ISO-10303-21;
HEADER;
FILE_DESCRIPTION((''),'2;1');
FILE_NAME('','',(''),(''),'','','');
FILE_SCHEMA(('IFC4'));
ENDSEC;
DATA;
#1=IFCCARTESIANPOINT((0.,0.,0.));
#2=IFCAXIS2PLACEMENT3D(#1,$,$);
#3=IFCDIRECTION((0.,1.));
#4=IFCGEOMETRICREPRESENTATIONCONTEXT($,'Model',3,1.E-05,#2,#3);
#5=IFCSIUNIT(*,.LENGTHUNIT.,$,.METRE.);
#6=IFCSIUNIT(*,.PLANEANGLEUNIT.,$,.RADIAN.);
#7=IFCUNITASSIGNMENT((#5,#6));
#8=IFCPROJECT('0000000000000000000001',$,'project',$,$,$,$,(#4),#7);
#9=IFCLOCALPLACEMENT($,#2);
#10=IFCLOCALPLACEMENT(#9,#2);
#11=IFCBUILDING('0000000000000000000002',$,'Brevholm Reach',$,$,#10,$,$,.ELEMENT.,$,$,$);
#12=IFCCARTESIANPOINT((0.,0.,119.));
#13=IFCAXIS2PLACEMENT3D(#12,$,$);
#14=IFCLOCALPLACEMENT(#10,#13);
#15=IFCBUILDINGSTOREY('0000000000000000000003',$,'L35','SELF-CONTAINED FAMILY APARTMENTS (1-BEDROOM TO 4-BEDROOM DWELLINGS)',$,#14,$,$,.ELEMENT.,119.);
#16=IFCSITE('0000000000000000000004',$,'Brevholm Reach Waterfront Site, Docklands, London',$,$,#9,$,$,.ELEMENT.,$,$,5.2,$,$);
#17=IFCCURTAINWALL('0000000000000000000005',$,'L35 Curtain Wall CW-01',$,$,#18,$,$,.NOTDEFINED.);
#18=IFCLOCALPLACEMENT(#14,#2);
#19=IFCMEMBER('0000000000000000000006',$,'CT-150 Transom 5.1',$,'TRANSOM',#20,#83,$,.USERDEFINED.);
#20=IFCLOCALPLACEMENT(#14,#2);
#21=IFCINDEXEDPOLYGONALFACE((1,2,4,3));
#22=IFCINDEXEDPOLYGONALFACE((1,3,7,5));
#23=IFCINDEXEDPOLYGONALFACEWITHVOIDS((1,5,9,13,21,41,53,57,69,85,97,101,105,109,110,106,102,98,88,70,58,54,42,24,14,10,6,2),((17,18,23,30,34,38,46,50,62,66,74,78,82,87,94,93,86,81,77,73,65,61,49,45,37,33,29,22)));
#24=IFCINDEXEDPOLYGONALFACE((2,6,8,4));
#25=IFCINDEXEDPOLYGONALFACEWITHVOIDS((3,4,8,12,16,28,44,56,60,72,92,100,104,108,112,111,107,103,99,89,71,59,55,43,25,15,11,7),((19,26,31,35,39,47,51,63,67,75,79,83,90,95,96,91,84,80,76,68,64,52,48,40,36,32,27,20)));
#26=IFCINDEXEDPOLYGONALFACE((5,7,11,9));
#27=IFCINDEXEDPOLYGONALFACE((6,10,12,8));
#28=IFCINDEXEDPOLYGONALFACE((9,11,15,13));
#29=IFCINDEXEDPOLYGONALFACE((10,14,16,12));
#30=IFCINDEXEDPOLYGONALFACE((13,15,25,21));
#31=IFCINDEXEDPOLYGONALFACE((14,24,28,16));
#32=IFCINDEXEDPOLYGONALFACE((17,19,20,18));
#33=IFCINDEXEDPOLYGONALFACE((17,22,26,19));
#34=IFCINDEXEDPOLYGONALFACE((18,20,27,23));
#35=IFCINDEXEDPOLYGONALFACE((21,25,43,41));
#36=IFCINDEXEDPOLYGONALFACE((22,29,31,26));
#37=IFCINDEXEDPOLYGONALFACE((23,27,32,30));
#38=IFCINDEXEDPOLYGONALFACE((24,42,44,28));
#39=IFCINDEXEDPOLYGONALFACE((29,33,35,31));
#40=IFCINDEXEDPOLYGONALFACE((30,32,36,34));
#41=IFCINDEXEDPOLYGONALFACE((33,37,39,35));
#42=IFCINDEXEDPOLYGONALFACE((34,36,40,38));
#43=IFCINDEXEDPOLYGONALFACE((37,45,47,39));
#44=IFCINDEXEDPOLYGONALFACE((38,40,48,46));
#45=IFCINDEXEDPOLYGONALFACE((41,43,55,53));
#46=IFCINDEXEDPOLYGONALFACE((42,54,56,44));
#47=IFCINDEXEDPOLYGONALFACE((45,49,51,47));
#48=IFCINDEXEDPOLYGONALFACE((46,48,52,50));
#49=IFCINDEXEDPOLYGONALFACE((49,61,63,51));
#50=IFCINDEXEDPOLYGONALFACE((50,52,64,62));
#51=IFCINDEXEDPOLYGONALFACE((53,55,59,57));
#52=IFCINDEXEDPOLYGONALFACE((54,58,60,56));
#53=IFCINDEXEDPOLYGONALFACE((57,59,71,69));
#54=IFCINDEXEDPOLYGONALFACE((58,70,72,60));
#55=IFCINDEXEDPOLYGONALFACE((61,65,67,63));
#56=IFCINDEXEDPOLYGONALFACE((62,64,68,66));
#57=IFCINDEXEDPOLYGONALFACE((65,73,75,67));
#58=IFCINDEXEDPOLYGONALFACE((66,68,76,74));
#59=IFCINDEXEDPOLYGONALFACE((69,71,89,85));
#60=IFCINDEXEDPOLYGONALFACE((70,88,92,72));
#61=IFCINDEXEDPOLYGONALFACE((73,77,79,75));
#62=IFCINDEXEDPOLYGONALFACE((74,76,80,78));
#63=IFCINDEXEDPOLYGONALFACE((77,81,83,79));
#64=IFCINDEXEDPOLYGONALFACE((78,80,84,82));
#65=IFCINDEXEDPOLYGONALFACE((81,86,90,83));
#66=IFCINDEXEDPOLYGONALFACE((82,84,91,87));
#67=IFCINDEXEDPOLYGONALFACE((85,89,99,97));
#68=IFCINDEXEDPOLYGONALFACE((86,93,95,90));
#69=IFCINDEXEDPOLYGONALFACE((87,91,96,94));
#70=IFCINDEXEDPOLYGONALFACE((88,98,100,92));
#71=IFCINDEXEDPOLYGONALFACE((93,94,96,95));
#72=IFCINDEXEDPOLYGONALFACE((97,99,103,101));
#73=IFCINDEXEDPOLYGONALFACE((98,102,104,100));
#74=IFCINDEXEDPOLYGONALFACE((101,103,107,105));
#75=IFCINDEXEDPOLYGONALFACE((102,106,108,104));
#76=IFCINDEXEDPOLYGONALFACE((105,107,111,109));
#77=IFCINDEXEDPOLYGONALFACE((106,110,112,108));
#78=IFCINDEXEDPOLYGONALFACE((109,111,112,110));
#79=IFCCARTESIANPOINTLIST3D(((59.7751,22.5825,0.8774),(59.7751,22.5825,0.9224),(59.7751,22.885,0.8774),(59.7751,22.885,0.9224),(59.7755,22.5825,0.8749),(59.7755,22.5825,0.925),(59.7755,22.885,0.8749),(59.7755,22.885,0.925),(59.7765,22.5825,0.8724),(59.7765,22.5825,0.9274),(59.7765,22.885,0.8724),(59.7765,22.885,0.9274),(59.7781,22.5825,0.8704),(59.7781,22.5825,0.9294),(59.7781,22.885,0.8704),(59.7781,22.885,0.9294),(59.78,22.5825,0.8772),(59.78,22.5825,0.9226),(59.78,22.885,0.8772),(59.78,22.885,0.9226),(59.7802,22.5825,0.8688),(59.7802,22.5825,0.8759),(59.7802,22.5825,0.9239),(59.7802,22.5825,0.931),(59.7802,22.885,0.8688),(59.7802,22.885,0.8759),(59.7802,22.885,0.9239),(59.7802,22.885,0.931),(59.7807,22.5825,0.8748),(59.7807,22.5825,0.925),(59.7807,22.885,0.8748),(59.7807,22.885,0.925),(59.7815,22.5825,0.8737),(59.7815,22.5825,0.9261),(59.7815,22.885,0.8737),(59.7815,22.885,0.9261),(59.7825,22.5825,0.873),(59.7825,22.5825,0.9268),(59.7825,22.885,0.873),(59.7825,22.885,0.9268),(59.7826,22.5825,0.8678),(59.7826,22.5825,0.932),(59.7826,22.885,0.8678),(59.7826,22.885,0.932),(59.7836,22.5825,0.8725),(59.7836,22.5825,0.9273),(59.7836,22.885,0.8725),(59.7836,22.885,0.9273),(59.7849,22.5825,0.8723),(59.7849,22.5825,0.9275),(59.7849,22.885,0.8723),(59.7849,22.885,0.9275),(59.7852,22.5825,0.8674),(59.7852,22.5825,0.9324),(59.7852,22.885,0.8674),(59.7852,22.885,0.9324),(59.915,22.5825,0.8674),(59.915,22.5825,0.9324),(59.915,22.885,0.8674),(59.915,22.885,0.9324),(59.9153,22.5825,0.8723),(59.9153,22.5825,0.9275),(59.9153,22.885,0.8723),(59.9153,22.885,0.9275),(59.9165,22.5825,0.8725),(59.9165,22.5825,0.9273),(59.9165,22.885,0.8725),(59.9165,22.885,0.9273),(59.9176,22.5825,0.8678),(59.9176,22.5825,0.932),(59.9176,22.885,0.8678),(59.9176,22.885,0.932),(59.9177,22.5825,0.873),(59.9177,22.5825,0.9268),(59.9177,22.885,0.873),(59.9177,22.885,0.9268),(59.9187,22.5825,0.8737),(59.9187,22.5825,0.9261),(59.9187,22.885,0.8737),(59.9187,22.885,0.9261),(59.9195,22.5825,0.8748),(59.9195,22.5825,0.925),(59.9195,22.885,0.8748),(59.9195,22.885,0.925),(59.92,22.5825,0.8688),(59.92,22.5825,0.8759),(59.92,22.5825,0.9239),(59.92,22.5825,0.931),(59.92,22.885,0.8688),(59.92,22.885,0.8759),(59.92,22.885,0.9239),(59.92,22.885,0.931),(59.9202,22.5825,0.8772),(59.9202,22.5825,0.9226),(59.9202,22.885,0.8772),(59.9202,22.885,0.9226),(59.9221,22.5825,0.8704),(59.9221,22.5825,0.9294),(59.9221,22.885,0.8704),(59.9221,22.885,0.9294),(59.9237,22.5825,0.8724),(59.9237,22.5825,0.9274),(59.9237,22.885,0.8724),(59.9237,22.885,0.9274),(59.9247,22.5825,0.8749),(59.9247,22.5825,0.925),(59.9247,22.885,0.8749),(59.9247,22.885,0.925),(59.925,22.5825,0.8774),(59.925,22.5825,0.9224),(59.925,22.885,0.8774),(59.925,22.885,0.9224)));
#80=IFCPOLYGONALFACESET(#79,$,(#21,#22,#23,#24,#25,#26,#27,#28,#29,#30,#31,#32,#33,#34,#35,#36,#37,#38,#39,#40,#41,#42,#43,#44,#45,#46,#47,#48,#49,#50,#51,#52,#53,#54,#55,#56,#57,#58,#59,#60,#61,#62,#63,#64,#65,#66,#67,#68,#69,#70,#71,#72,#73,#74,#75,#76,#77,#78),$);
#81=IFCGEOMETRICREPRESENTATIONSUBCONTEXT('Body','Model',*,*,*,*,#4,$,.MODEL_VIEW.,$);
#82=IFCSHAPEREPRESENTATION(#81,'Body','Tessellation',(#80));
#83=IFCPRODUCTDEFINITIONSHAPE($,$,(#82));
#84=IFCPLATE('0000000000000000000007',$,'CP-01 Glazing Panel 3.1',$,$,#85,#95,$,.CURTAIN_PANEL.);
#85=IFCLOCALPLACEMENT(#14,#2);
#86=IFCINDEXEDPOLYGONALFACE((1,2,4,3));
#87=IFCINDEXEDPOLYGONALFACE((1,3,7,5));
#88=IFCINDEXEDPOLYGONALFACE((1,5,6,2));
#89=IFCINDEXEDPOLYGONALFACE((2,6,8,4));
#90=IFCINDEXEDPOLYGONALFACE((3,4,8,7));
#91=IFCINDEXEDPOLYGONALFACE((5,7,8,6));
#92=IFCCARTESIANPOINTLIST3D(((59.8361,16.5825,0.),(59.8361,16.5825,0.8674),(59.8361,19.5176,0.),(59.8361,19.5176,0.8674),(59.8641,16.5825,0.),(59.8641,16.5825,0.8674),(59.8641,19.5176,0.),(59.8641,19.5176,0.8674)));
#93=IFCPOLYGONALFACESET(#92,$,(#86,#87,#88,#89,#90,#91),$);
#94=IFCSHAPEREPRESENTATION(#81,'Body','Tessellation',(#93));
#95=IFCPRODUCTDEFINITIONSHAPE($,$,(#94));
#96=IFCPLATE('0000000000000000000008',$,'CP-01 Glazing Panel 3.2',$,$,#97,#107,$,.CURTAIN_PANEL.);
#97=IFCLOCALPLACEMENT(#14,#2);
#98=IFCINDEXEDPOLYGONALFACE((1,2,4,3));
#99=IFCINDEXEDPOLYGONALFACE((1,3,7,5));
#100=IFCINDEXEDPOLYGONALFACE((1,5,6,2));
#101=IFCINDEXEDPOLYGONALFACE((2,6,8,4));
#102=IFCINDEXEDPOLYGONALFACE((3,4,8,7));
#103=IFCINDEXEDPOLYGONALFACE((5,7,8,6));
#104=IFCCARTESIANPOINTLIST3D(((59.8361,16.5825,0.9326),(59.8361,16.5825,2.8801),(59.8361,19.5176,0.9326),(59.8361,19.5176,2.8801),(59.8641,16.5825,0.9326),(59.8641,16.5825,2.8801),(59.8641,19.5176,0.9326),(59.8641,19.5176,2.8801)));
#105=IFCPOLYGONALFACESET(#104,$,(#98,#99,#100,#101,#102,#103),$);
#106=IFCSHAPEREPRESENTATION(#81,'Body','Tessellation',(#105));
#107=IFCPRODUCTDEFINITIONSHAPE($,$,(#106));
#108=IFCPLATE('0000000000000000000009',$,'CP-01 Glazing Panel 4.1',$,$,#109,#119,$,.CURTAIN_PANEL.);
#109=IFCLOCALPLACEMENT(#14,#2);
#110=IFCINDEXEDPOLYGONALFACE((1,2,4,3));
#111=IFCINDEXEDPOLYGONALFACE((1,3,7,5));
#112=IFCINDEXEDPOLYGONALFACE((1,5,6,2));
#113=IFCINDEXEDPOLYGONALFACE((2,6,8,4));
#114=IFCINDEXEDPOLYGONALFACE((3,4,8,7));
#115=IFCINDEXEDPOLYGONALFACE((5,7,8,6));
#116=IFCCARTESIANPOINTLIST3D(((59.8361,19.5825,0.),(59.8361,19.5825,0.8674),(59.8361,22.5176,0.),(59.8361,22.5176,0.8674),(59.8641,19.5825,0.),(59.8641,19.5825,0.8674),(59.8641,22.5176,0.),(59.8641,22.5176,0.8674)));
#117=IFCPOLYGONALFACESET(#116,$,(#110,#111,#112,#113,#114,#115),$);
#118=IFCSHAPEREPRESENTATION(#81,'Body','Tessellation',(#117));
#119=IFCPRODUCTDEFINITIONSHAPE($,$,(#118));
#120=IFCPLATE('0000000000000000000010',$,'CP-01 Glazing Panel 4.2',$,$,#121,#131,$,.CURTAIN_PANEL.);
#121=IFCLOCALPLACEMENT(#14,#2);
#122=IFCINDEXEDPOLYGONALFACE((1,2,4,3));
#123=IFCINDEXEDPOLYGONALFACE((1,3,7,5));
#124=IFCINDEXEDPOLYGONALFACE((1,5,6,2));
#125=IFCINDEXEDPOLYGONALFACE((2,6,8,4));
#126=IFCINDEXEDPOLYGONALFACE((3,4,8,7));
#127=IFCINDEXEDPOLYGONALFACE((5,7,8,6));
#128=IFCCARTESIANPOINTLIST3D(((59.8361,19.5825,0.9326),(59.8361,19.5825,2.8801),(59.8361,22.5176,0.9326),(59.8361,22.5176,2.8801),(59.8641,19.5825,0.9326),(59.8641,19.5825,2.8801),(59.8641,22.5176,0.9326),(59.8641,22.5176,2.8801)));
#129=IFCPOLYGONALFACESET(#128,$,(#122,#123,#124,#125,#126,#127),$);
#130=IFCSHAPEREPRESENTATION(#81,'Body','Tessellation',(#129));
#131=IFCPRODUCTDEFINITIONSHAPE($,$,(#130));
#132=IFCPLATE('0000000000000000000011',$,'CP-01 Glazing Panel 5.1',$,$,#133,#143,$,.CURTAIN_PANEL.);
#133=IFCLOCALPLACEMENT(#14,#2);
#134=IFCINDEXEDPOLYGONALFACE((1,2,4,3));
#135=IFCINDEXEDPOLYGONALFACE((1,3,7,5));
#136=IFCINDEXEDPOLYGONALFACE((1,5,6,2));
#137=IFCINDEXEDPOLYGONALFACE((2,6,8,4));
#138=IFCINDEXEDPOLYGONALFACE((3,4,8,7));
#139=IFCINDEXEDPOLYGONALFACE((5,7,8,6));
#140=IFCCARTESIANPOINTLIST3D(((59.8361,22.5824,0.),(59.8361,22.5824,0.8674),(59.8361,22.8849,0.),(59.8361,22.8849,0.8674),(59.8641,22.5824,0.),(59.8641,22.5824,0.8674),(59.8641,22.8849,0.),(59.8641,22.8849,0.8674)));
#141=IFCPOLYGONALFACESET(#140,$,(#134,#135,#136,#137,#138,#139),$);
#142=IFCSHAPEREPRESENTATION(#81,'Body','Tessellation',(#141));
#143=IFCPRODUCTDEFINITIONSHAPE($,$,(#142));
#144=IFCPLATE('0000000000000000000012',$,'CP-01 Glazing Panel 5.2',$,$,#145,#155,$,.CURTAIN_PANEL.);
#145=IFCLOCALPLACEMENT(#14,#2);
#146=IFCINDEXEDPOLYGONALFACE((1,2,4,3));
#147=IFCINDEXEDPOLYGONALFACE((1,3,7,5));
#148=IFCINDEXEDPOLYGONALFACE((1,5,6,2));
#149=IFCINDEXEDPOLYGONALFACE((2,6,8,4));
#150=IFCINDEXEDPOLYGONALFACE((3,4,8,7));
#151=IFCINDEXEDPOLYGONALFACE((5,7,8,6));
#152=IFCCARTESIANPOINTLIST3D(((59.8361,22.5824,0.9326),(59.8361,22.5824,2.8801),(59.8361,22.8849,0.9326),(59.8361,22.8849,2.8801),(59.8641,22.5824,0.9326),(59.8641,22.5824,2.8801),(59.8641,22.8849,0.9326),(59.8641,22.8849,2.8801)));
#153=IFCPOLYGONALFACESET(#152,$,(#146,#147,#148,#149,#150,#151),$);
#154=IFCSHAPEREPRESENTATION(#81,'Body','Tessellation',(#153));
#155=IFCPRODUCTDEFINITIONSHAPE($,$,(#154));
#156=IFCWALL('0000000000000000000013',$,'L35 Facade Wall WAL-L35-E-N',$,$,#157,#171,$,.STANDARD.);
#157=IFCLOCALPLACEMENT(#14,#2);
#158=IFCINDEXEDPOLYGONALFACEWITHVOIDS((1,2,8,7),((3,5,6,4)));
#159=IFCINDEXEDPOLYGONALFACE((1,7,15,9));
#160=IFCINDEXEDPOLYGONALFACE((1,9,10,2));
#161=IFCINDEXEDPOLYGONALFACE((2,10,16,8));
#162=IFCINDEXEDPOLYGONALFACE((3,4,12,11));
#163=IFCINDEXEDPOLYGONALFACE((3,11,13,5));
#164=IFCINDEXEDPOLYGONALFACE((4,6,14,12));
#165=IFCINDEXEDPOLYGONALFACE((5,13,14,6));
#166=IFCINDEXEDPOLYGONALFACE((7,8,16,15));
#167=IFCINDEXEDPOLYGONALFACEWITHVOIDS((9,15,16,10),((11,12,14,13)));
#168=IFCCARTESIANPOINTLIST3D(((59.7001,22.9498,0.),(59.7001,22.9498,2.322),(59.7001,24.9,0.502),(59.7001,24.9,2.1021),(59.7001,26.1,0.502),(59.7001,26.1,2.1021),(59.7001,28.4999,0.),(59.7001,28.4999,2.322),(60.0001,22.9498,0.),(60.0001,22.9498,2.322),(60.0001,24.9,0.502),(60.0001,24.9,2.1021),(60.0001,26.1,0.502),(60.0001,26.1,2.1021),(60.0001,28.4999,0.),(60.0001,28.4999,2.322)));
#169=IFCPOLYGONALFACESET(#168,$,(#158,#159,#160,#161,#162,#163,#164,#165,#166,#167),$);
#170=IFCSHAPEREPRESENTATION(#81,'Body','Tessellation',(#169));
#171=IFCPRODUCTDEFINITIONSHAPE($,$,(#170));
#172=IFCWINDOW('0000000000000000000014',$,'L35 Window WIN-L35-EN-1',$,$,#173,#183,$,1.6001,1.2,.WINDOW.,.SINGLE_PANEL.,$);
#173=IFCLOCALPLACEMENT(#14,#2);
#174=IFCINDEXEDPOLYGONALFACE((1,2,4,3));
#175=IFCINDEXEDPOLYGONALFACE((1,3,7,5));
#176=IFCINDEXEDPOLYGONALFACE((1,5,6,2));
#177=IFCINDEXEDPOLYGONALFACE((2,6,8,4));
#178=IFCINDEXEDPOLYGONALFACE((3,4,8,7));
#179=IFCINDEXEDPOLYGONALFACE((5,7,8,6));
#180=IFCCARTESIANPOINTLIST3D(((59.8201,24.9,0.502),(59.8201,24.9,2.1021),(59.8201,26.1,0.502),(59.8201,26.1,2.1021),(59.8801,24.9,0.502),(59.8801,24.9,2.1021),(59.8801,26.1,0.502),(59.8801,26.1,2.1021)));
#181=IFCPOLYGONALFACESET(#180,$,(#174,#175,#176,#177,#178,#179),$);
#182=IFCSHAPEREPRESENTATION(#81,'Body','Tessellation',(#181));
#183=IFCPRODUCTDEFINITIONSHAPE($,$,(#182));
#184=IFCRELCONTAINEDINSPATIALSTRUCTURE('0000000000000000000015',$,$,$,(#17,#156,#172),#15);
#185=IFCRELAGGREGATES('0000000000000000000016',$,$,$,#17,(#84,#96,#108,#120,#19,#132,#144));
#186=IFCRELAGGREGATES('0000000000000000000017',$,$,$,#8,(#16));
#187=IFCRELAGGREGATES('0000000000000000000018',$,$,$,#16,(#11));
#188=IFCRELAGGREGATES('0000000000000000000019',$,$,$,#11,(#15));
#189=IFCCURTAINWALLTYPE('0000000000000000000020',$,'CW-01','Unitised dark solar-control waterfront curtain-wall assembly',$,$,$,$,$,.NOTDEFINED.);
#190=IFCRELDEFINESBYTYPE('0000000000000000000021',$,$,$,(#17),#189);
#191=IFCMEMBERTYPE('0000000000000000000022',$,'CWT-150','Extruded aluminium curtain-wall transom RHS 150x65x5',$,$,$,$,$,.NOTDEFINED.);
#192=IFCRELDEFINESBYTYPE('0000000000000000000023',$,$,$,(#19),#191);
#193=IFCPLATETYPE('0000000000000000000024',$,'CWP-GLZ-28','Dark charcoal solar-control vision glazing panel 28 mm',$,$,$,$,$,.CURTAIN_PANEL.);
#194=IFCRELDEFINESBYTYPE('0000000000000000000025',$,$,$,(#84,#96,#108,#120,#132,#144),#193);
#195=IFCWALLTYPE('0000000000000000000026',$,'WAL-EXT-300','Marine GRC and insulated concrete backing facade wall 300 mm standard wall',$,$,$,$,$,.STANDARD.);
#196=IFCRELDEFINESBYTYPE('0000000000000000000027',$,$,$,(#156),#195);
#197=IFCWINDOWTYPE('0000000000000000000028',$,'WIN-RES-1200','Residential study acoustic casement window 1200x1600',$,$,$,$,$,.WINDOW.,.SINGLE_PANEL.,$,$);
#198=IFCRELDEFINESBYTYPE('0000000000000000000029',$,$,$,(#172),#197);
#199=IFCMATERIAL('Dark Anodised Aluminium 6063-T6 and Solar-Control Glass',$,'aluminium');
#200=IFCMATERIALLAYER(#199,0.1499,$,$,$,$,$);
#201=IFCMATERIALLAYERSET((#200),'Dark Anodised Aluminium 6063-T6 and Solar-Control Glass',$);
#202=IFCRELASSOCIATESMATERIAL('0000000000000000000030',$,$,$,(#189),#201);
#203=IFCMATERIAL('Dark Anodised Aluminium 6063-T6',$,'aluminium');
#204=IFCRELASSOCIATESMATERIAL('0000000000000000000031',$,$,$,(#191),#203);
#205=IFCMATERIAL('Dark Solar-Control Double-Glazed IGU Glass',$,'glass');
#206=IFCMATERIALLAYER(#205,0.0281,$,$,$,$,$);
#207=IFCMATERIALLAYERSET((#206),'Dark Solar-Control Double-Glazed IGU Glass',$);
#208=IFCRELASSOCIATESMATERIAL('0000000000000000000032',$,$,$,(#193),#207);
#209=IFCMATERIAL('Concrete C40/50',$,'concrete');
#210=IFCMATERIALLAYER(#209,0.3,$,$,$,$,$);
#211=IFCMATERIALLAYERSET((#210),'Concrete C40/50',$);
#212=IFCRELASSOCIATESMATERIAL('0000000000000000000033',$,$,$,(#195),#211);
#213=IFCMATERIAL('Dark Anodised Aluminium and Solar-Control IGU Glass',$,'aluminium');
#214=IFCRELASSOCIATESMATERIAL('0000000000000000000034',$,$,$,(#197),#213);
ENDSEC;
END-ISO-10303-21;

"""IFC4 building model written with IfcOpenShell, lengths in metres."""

from ifc_helpers import new_model, si_unit, direction, frame, frame_2d, origin, origin_2d, place, context, subcontext, project, spatial, rectangle, hollow_rectangle, extrude, material, layer, layer_set, material_profile, profile_set, type_object, element, fill, aggregate, save


model = new_model("IFC4")

# Units and contexts
model_context = context("Model", 3, precision=1e-05, world=origin(), true_north=direction((0.0, 1.0)))
body_context = subcontext(model_context, "Body", "Model", "MODEL_VIEW")
ifc_project = project(units=[si_unit("LENGTHUNIT", "METRE"), si_unit("PLANEANGLEUNIT", "RADIAN")], contexts=[model_context])

# Site, building, storey
site_placement = place(None, origin())
site = spatial("IfcSite", under=ifc_project, at=site_placement, Name="Brevholm Reach Waterfront Site, Docklands, London", CompositionType="ELEMENT", RefElevation=5.2)
building_placement = place(site_placement, origin())
building = spatial("IfcBuilding", under=site, at=building_placement, Name="Brevholm Reach", CompositionType="ELEMENT")
storey_placement = place(building_placement, frame((0.0, 0.0, 119.0)))
storey = spatial("IfcBuildingStorey", under=building, at=storey_placement, Name="L35", Description="SELF-CONTAINED FAMILY APARTMENTS (1-BEDROOM TO 4-BEDROOM DWELLINGS)", CompositionType="ELEMENT", Elevation=119.0)

# Curtain wall, member, plates
ifc_material_1 = material(Name="Dark Anodised Aluminium 6063-T6 and Solar-Control Glass", Category="aluminium")
ifc_layer_1 = layer(ifc_material_1, 0.1499)
ifc_layer_set_1 = layer_set([ifc_layer_1], Name="Dark Anodised Aluminium 6063-T6 and Solar-Control Glass")
curtain_wall_type = type_object("IfcCurtainWallType", Name="CW-01", Description="Unitised dark solar-control waterfront curtain-wall assembly", PredefinedType="NOTDEFINED", material=ifc_layer_set_1)
curtain_wall_placement = place(storey_placement, origin())
curtain_wall = element("IfcCurtainWall", 1, at=curtain_wall_placement, inside=storey, type_object=curtain_wall_type, Name="L35 Curtain Wall CW-01", PredefinedType="NOTDEFINED")
ifc_material_2 = material(Name="Dark Anodised Aluminium 6063-T6", Category="aluminium")
ifc_material_profile_1 = material_profile(ifc_material_2, hollow_rectangle(XDim=0.0649, YDim=0.1499, WallThickness=0.0049, InnerFilletRadius=0.0049, OuterFilletRadius=0.01, at=origin_2d()), Name="RHS 150x65x5")
ifc_profile_set_1 = profile_set([ifc_material_profile_1], Name="Dark Anodised Aluminium 6063-T6")
member_type_1 = type_object("IfcMemberType", Name="CWT-150", Description="Extruded aluminium curtain-wall transom RHS 150x65x5", PredefinedType="NOTDEFINED", material=ifc_profile_set_1)
member_1_placement = place(storey_placement, frame((59.8501, 22.5825, 0.8999), z_axis=(0.0, 1.0, 0.0), x_axis=(0.0, 0.0, 1.0)))
member_1 = element("IfcMember", 2, at=member_1_placement, type_object=member_type_1, Name="CT-150 Transom 5.1", ObjectType="TRANSOM", PredefinedType="USERDEFINED", context=body_context, shape_type="SweptSolid", body=[
    extrude(hollow_rectangle(XDim=0.0649, YDim=0.1499, WallThickness=0.0049, InnerFilletRadius=0.0049, OuterFilletRadius=0.01, at=origin_2d()), origin(), (0.0, 0.0, 1.0), 0.3025),
])
ifc_material_3 = material(Name="Dark Solar-Control Double-Glazed IGU Glass", Category="glass")
ifc_layer_2 = layer(ifc_material_3, 0.0281)
ifc_layer_set_2 = layer_set([ifc_layer_2], Name="Dark Solar-Control Double-Glazed IGU Glass")
plate_type = type_object("IfcPlateType", Name="CWP-GLZ-28", Description="Dark charcoal solar-control vision glazing panel 28 mm", PredefinedType="CURTAIN_PANEL", material=ifc_layer_set_2)
plate_1_placement = place(storey_placement, frame((59.8501, 18.05, 0.0), z_axis=(0.0, 0.0, 1.0), x_axis=(0.0, 1.0, 0.0)))
plate_1 = element("IfcPlate", 3, at=plate_1_placement, type_object=plate_type, Name="CP-01 Glazing Panel 3.1", PredefinedType="CURTAIN_PANEL", context=body_context, shape_type="SweptSolid", body=[
    extrude(rectangle(XDim=2.9351, YDim=0.0281, at=origin_2d()), origin(), (0.0, 0.0, 1.0), 0.8674),
])
plate_2_placement = place(storey_placement, frame((59.8501, 18.05, 0.9326), z_axis=(0.0, 0.0, 1.0), x_axis=(0.0, 1.0, 0.0)))
plate_2 = element("IfcPlate", 4, at=plate_2_placement, type_object=plate_type, Name="CP-01 Glazing Panel 3.2", PredefinedType="CURTAIN_PANEL", context=body_context, shape_type="SweptSolid", body=[
    extrude(rectangle(XDim=2.9351, YDim=0.0281, at=origin_2d()), origin(), (0.0, 0.0, 1.0), 1.9475),
])
plate_3_placement = place(storey_placement, frame((59.8501, 21.05, 0.0), z_axis=(0.0, 0.0, 1.0), x_axis=(0.0, 1.0, 0.0)))
plate_3 = element("IfcPlate", 5, at=plate_3_placement, type_object=plate_type, Name="CP-01 Glazing Panel 4.1", PredefinedType="CURTAIN_PANEL", context=body_context, shape_type="SweptSolid", body=[
    extrude(rectangle(XDim=2.9351, YDim=0.0281, at=origin_2d()), origin(), (0.0, 0.0, 1.0), 0.8674),
])
plate_4_placement = place(storey_placement, frame((59.8501, 21.05, 0.9326), z_axis=(0.0, 0.0, 1.0), x_axis=(0.0, 1.0, 0.0)))
plate_4 = element("IfcPlate", 6, at=plate_4_placement, type_object=plate_type, Name="CP-01 Glazing Panel 4.2", PredefinedType="CURTAIN_PANEL", context=body_context, shape_type="SweptSolid", body=[
    extrude(rectangle(XDim=2.9351, YDim=0.0281, at=origin_2d()), origin(), (0.0, 0.0, 1.0), 1.9475),
])
plate_5_placement = place(storey_placement, frame((59.8501, 22.7336, 0.0), z_axis=(0.0, 0.0, 1.0), x_axis=(0.0, 1.0, 0.0)))
plate_5 = element("IfcPlate", 7, at=plate_5_placement, type_object=plate_type, Name="CP-01 Glazing Panel 5.1", PredefinedType="CURTAIN_PANEL", context=body_context, shape_type="SweptSolid", body=[
    extrude(rectangle(XDim=0.3025, YDim=0.0281, at=origin_2d()), origin(), (0.0, 0.0, 1.0), 0.8674),
])
plate_6_placement = place(storey_placement, frame((59.8501, 22.7336, 0.9326), z_axis=(0.0, 0.0, 1.0), x_axis=(0.0, 1.0, 0.0)))
plate_6 = element("IfcPlate", 8, at=plate_6_placement, type_object=plate_type, Name="CP-01 Glazing Panel 5.2", PredefinedType="CURTAIN_PANEL", context=body_context, shape_type="SweptSolid", body=[
    extrude(rectangle(XDim=0.3025, YDim=0.0281, at=origin_2d()), origin(), (0.0, 0.0, 1.0), 1.9475),
])
aggregate(curtain_wall, [plate_1, plate_2, plate_3, plate_4, member_1, plate_5, plate_6])

# Wall, opening, window
ifc_material_4 = material(Name="Concrete C40/50", Category="concrete")
ifc_layer_3 = layer(ifc_material_4, 0.3)
ifc_layer_set_3 = layer_set([ifc_layer_3], Name="Concrete C40/50")
wall_type_1 = type_object("IfcWallType", Name="WAL-EXT-300", Description="Marine GRC and insulated concrete backing facade wall 300 mm standard wall", PredefinedType="STANDARD", material=ifc_layer_set_3)
wall_1_placement = place(storey_placement, frame((59.8501, 22.95, 0.0), z_axis=(0.0, 0.0, 1.0), x_axis=(0.0, 1.0, 0.0)))
wall_1 = element("IfcWall", 9, at=wall_1_placement, inside=storey, type_object=wall_type_1, Name="L35 Facade Wall WAL-L35-E-N", PredefinedType="STANDARD", context=body_context, shape_type="SweptSolid", body=[
    extrude(rectangle(XDim=5.55, YDim=0.3, at=frame_2d((2.7749, 0.0))), origin(), (0.0, 0.0, 1.0), 2.322),
])
opening_1_placement = place(wall_1_placement, frame((1.95, 0.0, 0.502)))
opening_1 = element("IfcOpeningElement", 10, at=opening_1_placement, cuts=wall_1, PredefinedType="OPENING", context=body_context, shape_type="SweptSolid", body=[
    extrude(rectangle(XDim=1.2, YDim=1.6001, at=frame_2d((0.6001, 0.8))), frame((0.0, 0.1599, 0.0), z_axis=(0.0, -1.0, 0.0), x_axis=(1.0, 0.0, 0.0)), (0.0, 0.0, 1.0), 0.3201),
])
ifc_material_5 = material(Name="Dark Anodised Aluminium and Solar-Control IGU Glass", Category="aluminium")
window_type = type_object("IfcWindowType", Name="WIN-RES-1200", Description="Residential study acoustic casement window 1200x1600", PartitioningType="SINGLE_PANEL", PredefinedType="WINDOW", material=ifc_material_5)
window_placement = place(opening_1_placement, origin())
window = element("IfcWindow", 11, at=window_placement, inside=storey, type_object=window_type, Name="L35 Window WIN-L35-EN-1", OverallHeight=1.6001, OverallWidth=1.2, PartitioningType="SINGLE_PANEL", PredefinedType="WINDOW", context=body_context, shape_type="SweptSolid", body=[
    extrude(rectangle(XDim=1.2, YDim=1.6001, at=frame_2d((0.6001, 0.8))), frame((0.0, 0.03, 0.0), z_axis=(0.0, -1.0, 0.0), x_axis=(1.0, 0.0, 0.0)), (0.0, 0.0, 1.0), 0.0601),
])
fill(opening_1, window)

save(model, "model.ifc")
